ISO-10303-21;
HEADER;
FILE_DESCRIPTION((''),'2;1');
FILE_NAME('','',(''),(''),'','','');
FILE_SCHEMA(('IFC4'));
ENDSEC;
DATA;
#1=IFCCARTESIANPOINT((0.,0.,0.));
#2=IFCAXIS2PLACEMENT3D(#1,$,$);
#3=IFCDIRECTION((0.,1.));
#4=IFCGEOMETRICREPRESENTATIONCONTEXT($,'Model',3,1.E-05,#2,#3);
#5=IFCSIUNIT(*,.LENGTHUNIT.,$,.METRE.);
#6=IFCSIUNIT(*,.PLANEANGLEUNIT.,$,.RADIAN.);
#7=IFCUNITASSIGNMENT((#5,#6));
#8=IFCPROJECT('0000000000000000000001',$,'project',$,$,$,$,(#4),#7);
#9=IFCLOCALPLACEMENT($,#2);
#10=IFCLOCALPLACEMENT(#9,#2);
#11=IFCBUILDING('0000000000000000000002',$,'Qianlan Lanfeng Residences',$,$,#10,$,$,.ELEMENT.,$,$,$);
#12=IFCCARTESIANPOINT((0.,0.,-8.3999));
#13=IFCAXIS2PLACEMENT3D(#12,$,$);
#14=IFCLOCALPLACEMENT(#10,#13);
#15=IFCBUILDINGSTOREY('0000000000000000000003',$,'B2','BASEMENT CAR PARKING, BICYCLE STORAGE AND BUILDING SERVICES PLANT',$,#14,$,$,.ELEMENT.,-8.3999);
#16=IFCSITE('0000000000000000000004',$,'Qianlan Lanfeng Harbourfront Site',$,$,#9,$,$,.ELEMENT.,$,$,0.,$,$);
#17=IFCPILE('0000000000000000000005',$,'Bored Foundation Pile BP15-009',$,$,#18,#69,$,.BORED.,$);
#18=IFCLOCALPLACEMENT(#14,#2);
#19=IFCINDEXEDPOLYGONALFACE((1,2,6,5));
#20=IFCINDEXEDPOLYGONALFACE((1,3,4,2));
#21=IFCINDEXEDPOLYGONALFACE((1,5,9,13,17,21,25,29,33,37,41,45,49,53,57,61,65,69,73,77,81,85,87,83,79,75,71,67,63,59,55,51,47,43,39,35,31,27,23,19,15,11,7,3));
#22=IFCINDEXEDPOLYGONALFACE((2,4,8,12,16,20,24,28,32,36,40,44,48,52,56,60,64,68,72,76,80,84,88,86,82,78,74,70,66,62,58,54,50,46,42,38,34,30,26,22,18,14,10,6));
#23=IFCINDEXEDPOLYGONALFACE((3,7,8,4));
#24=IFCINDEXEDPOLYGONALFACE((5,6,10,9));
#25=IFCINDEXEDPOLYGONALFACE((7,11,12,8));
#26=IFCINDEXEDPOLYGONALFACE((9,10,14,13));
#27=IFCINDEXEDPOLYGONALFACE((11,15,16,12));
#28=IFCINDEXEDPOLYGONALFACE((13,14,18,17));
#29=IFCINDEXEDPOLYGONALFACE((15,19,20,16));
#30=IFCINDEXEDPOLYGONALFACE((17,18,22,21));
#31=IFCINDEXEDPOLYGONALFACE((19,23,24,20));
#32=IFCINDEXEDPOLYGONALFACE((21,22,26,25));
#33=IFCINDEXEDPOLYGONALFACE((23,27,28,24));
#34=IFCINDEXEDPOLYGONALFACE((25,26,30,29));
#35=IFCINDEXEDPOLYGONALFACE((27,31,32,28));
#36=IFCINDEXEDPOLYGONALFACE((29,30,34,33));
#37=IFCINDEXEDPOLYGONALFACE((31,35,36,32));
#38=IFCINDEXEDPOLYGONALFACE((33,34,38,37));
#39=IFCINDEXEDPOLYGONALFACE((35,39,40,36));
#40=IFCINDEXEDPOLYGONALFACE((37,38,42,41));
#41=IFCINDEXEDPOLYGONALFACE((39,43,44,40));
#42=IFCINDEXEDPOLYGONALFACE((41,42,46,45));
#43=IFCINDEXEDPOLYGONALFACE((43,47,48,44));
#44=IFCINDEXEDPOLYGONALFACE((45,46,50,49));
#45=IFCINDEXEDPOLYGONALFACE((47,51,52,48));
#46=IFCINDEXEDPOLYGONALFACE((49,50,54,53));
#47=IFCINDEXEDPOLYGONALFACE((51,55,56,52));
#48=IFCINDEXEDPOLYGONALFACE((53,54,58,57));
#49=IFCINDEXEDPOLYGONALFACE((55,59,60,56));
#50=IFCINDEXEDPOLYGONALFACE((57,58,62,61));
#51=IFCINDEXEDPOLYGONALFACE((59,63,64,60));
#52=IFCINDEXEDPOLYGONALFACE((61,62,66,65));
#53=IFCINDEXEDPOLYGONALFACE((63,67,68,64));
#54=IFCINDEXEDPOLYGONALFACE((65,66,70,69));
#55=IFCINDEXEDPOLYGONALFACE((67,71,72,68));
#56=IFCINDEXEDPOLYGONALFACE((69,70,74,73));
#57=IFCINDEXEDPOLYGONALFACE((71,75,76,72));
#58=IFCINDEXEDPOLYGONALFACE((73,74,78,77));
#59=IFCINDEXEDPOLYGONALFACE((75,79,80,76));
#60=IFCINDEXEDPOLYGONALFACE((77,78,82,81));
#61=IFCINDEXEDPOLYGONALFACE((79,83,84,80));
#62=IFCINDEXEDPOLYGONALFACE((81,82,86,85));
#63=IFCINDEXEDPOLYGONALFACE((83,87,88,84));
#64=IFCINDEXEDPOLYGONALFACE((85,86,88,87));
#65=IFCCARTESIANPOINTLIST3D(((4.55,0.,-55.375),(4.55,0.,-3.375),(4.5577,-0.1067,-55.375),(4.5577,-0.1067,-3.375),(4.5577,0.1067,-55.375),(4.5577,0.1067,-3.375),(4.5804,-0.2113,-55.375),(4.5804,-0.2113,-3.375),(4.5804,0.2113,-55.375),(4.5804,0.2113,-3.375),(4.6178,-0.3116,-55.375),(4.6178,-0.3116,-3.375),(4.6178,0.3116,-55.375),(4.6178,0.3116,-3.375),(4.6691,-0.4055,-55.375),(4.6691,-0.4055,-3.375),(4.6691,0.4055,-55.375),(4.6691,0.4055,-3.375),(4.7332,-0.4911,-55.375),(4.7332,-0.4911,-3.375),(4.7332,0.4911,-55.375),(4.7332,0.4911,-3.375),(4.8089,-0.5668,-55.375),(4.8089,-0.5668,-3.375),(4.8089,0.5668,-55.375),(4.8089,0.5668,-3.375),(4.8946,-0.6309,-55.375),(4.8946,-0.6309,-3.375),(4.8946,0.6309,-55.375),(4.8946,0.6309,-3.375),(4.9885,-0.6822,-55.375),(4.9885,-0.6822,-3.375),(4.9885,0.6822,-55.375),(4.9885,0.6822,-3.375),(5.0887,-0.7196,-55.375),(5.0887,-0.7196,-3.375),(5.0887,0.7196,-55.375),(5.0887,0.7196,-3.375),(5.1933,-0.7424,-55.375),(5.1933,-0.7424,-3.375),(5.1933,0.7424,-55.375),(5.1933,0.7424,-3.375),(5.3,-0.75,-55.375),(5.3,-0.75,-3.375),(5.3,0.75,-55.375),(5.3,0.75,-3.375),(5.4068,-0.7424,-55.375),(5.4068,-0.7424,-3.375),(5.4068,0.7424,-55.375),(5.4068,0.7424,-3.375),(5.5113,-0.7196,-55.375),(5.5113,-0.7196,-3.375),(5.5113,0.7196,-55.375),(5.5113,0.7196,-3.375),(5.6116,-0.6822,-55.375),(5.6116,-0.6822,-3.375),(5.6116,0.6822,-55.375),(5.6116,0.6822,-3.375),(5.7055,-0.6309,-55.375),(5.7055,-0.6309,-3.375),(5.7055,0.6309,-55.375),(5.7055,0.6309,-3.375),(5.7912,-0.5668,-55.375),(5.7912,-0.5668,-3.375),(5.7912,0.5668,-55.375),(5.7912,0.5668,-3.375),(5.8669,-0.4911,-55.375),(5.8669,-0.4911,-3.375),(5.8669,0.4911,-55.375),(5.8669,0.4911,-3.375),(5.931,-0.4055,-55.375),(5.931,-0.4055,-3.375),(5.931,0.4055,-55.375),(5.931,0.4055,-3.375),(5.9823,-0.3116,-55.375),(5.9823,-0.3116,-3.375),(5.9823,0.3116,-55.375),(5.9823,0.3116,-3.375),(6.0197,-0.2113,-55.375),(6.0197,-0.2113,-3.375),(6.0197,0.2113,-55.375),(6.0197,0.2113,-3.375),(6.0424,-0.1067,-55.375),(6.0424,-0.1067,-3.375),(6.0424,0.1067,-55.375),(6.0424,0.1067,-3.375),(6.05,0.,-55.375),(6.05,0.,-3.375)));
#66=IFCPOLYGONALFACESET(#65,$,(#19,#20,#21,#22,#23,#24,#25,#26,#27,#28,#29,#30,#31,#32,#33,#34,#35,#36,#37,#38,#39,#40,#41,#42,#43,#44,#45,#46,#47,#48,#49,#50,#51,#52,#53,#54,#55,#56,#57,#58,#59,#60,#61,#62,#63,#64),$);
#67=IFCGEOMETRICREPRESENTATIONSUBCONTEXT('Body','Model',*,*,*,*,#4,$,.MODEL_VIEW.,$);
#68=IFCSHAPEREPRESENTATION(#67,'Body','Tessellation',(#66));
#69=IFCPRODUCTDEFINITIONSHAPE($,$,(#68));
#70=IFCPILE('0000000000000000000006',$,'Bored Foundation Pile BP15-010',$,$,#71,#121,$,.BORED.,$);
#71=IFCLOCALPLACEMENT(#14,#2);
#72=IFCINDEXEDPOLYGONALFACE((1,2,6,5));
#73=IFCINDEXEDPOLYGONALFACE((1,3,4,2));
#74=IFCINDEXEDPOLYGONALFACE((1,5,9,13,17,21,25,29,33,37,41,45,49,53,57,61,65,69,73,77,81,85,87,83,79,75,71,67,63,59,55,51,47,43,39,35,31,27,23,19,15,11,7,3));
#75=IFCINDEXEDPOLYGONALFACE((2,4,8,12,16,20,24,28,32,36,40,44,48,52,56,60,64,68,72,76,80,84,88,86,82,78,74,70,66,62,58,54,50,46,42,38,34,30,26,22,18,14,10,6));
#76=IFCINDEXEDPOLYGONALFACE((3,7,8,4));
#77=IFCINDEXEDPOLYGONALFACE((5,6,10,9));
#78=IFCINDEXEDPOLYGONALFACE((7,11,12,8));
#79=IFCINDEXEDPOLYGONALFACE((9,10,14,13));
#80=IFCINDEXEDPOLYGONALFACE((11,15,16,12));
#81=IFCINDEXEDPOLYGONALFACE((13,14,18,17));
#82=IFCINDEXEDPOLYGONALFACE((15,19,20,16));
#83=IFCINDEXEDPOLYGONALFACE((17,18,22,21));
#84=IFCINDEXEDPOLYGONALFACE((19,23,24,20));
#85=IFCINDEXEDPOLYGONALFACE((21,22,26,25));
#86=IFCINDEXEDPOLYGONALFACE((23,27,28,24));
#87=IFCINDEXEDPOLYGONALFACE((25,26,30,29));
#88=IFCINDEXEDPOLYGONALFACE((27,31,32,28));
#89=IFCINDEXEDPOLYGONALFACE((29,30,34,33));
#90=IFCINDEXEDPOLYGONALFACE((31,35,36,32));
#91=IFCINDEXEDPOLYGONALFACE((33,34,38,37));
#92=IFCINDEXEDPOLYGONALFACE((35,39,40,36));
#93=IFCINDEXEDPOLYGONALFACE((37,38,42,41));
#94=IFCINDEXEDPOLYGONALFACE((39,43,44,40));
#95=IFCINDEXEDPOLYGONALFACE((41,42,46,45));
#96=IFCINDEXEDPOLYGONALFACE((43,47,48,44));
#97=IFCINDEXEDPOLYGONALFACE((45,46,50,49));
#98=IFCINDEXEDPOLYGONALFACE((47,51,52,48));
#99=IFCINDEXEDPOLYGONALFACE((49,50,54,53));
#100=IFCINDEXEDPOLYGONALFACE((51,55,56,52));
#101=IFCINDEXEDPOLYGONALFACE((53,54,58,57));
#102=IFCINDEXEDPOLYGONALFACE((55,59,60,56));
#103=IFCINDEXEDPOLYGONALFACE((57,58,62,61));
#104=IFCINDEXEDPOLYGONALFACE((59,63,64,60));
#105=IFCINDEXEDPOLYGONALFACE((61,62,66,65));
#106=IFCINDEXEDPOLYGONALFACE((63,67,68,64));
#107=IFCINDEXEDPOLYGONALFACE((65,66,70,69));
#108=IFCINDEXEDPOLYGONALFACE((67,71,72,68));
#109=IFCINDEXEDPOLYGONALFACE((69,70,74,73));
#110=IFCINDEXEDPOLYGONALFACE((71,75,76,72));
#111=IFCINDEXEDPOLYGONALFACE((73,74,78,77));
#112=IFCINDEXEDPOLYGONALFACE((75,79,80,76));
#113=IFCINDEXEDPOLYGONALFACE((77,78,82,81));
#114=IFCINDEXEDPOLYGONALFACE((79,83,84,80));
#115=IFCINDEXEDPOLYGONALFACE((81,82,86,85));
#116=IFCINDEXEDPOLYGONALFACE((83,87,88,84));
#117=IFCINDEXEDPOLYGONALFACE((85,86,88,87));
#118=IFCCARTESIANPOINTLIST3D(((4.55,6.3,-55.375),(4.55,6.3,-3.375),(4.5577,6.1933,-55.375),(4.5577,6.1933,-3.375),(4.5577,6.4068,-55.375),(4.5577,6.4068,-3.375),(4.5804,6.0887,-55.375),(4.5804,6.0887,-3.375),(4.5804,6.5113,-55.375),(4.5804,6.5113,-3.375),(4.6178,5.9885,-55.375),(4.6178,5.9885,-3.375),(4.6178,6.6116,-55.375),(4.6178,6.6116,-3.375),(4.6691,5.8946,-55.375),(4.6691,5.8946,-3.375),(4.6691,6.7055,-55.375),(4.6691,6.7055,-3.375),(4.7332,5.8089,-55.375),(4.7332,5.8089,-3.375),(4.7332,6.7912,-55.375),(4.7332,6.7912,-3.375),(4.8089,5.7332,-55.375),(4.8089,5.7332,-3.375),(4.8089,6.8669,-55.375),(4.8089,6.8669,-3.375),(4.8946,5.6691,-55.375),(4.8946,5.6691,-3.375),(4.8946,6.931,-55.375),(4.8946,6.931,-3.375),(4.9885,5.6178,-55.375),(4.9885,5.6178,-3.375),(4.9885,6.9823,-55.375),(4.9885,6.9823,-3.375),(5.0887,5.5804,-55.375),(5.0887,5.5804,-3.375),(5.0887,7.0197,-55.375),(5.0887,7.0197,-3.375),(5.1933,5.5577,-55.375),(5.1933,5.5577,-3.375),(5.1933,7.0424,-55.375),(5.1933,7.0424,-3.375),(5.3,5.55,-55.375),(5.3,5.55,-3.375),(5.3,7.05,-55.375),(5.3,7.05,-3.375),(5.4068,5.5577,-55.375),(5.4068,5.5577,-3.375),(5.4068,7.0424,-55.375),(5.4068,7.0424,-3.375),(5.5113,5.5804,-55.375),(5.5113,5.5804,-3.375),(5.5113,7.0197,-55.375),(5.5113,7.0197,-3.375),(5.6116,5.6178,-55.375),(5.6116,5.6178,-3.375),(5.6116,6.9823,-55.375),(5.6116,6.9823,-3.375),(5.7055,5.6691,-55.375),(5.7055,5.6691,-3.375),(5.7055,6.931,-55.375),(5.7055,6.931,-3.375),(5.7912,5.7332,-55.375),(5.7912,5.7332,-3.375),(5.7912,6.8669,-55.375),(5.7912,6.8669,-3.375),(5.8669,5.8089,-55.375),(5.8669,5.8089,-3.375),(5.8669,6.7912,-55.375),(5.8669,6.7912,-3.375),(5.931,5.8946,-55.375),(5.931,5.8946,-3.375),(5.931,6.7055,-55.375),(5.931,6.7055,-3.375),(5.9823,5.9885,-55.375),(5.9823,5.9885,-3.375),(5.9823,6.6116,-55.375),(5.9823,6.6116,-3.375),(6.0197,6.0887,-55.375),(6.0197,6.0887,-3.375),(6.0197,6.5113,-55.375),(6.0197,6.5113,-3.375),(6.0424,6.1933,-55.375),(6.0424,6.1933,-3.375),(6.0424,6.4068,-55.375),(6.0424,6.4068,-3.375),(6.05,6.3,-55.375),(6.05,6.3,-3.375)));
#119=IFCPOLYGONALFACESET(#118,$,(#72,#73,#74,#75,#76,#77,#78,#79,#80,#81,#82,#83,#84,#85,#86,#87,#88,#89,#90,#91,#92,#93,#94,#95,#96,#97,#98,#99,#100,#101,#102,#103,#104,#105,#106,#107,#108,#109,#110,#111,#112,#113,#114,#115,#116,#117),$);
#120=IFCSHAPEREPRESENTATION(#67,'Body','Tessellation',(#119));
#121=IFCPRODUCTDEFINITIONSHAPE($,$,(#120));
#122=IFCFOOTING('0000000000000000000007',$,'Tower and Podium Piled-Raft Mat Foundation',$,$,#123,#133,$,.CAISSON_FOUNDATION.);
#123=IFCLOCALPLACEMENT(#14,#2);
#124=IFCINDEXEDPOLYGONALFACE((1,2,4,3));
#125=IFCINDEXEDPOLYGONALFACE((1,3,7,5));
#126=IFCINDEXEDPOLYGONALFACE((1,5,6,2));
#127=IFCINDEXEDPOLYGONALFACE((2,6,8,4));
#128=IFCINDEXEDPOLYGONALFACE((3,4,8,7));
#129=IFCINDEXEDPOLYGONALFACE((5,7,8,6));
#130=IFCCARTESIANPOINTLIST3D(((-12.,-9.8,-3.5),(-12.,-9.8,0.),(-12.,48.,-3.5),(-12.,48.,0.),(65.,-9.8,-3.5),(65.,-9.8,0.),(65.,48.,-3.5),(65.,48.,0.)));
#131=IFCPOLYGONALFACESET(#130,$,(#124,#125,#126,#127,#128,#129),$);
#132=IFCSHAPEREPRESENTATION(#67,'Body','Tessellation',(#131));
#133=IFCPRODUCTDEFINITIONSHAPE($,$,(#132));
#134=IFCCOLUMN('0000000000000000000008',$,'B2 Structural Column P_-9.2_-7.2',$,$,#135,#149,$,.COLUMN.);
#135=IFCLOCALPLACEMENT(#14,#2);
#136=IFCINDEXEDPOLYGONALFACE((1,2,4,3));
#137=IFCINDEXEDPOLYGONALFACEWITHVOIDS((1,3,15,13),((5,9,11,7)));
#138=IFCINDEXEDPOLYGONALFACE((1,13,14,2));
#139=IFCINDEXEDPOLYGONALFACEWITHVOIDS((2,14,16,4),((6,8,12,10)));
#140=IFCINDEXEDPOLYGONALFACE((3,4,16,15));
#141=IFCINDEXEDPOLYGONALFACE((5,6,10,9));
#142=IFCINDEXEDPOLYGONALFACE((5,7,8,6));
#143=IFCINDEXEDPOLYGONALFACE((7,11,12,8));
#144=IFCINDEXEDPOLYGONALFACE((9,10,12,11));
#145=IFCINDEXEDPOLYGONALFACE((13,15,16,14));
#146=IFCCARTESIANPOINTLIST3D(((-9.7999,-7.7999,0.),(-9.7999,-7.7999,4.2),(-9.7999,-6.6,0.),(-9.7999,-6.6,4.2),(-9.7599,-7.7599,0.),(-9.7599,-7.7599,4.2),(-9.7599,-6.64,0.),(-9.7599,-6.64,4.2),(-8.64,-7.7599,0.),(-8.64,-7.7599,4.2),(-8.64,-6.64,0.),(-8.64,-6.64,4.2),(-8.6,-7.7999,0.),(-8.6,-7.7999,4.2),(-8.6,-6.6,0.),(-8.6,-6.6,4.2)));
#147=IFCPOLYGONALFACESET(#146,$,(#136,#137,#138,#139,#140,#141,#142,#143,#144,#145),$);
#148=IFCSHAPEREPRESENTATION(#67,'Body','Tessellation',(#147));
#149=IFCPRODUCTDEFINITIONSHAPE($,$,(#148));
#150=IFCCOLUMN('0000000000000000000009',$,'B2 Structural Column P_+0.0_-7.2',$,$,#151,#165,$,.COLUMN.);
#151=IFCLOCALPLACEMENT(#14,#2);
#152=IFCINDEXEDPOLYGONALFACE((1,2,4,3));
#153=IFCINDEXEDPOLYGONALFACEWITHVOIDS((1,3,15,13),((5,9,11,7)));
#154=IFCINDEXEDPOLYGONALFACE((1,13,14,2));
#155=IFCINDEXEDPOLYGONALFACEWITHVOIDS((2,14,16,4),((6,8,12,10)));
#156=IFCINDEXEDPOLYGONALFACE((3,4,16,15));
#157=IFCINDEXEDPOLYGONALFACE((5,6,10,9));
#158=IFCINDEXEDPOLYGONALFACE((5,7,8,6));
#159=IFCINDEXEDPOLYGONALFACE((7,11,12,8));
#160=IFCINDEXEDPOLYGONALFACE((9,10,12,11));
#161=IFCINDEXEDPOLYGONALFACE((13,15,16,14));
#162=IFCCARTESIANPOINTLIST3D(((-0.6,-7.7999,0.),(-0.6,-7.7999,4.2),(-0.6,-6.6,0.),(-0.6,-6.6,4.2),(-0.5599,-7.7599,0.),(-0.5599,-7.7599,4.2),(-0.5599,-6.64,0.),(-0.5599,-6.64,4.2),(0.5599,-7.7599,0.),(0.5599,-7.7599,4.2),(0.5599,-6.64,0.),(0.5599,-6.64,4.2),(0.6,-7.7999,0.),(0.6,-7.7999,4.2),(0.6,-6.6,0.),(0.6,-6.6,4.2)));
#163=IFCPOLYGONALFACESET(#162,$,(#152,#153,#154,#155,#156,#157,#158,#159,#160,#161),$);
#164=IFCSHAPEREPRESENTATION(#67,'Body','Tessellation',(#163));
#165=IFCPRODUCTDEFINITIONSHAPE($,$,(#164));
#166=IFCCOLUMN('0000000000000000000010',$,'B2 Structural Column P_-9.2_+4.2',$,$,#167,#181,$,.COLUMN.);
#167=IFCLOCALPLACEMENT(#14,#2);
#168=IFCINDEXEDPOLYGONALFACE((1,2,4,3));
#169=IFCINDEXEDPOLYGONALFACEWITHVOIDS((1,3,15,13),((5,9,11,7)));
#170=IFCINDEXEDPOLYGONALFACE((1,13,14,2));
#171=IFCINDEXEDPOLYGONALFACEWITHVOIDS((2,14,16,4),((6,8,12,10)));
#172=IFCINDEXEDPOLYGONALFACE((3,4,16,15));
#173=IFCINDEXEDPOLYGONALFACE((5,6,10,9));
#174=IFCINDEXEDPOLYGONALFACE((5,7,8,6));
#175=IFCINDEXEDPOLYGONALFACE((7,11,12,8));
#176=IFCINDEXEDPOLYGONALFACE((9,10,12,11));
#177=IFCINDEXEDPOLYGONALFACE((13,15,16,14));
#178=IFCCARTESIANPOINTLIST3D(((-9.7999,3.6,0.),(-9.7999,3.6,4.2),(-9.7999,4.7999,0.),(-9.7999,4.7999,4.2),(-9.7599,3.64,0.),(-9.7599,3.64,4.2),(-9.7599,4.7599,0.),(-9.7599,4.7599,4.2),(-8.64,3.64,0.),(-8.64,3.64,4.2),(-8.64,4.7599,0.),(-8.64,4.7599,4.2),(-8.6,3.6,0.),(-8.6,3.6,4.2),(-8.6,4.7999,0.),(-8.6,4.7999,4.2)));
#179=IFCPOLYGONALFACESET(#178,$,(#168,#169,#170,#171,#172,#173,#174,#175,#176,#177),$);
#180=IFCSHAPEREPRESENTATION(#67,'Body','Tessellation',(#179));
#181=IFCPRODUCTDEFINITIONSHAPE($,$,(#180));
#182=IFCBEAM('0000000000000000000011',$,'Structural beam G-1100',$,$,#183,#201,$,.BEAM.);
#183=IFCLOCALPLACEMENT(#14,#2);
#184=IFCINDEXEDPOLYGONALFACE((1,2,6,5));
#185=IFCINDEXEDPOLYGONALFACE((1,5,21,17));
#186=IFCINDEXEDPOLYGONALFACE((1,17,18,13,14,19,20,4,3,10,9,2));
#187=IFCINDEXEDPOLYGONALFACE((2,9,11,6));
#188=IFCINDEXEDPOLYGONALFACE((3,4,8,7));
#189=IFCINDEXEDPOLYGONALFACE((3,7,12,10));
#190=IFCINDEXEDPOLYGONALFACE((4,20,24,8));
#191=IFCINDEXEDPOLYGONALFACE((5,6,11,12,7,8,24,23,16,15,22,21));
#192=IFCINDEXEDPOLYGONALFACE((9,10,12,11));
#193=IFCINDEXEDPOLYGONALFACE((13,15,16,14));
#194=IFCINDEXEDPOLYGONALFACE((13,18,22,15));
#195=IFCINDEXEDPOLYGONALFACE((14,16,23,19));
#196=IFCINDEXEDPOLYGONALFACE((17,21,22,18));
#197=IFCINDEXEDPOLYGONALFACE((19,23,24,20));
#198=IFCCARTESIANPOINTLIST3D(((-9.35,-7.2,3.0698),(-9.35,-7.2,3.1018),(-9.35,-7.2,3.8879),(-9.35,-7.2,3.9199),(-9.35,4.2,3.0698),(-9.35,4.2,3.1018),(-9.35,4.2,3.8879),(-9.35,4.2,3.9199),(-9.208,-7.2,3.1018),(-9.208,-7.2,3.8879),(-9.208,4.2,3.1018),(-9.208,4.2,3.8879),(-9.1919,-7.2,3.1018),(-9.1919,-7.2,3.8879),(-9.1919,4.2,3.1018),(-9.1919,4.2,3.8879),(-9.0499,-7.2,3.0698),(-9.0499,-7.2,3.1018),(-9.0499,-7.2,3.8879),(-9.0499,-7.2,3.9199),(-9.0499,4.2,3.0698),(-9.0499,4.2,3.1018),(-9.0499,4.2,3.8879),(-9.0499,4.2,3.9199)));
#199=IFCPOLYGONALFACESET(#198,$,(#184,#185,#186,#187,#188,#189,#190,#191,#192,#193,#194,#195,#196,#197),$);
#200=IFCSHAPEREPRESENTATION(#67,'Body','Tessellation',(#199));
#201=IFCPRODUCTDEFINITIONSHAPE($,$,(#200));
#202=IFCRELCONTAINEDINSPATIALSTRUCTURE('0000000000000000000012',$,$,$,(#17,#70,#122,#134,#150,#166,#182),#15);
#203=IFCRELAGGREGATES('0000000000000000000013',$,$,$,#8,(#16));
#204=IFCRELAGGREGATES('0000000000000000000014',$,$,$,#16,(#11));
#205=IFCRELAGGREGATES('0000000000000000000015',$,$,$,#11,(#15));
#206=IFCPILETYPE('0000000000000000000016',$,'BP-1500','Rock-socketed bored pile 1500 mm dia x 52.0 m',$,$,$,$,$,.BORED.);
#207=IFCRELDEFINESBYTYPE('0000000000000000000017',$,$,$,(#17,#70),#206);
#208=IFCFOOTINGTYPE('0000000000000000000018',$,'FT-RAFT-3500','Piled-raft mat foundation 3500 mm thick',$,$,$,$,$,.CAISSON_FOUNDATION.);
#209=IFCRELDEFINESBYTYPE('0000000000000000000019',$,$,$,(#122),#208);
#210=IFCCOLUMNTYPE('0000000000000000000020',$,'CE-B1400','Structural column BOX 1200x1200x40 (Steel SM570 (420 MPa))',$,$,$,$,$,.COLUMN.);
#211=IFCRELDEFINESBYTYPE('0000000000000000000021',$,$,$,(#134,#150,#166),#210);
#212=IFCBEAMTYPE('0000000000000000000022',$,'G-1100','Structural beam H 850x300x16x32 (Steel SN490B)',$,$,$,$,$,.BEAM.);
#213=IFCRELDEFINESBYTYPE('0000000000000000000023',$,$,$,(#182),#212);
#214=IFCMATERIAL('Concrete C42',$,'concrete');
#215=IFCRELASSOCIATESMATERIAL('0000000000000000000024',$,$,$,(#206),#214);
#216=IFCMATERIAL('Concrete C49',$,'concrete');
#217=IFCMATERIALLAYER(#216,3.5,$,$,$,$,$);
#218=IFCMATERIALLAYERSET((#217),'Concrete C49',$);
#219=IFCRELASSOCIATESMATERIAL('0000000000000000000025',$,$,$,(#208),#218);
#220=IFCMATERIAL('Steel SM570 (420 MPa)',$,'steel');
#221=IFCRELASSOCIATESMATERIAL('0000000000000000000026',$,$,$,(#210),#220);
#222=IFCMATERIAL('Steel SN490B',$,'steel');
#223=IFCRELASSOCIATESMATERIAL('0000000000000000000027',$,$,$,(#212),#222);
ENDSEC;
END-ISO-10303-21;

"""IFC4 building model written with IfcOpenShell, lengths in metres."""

from ifc_helpers import new_model, si_unit, direction, frame, origin, origin_2d, place, context, subcontext, project, spatial, polyline, hollow_rectangle, circle, i_section, outline, extrude, material, layer, layer_set, material_profile, profile_set, type_object, element, save


model = new_model("IFC4")

# Units and contexts
model_context = context("Model", 3, precision=1e-05, world=origin(), true_north=direction((0.0, 1.0)))
body_context = subcontext(model_context, "Body", "Model", "MODEL_VIEW")
ifc_project = project(units=[si_unit("LENGTHUNIT", "METRE"), si_unit("PLANEANGLEUNIT", "RADIAN")], contexts=[model_context])

# Site, building, storey
site_placement = place(None, origin())
site = spatial("IfcSite", under=ifc_project, at=site_placement, Name="Qianlan Lanfeng Harbourfront Site", CompositionType="ELEMENT", RefElevation=0.0)
building_placement = place(site_placement, origin())
building = spatial("IfcBuilding", under=site, at=building_placement, Name="Qianlan Lanfeng Residences", CompositionType="ELEMENT")
storey_placement = place(building_placement, frame((0.0, 0.0, -8.3999)))
storey = spatial("IfcBuildingStorey", under=building, at=storey_placement, Name="B2", Description="BASEMENT CAR PARKING, BICYCLE STORAGE AND BUILDING SERVICES PLANT", CompositionType="ELEMENT", Elevation=-8.3999)

# Piles
ifc_material_1 = material(Name="Concrete C42", Category="concrete")
ifc_material_profile_1 = material_profile(ifc_material_1, circle(Radius=0.75, at=origin_2d()), Name="PILE D1500")
ifc_profile_set_1 = profile_set([ifc_material_profile_1], Name="Concrete C42")
pile_type_1 = type_object("IfcPileType", Name="BP-1500", Description="Rock-socketed bored pile 1500 mm dia x 52.0 m", PredefinedType="BORED", material=ifc_profile_set_1)
for number, where, z_axis, x_axis, name in (
    (1, (5.3, 0.0, -3.375), (0.0, 0.0, -1.0), (1.0, 0.0, 0.0), "Bored Foundation Pile BP15-009"),
    (2, (5.3, 6.3, -3.375), (0.0, 0.0, -1.0), (1.0, 0.0, 0.0), "Bored Foundation Pile BP15-010"),
):
    element("IfcPile", number, at=place(storey_placement, frame(where, z_axis=z_axis, x_axis=x_axis)), inside=storey, type_object=pile_type_1, Name=name, PredefinedType="BORED", context=body_context, shape_type="SweptSolid", body=[
        extrude(circle(Radius=0.75, at=origin_2d()), origin(), (0.0, 0.0, 1.0), 52.0),
    ])

# Footing
ifc_material_2 = material(Name="Concrete C49", Category="concrete")
ifc_layer_1 = layer(ifc_material_2, 3.5)
ifc_layer_set_1 = layer_set([ifc_layer_1], Name="Concrete C49")
footing_type = type_object("IfcFootingType", Name="FT-RAFT-3500", Description="Piled-raft mat foundation 3500 mm thick", PredefinedType="CAISSON_FOUNDATION", material=ifc_layer_set_1)
footing_placement = place(storey_placement, frame((0.0, 0.0, -3.5)))
element("IfcFooting", 3, at=footing_placement, inside=storey, type_object=footing_type, Name="Tower and Podium Piled-Raft Mat Foundation", PredefinedType="CAISSON_FOUNDATION", context=body_context, shape_type="SweptSolid", body=[
    extrude(outline(polyline([(-12.0, -9.8), (65.0, -9.8), (65.0, 48.0), (-12.0, 48.0), (-12.0, -9.8)])), origin(), (0.0, 0.0, 1.0), 3.5),
])

# Columns
ifc_material_3 = material(Name="Steel SM570 (420 MPa)", Category="steel")
ifc_material_profile_2 = material_profile(ifc_material_3, hollow_rectangle(XDim=1.2, YDim=1.2, WallThickness=0.04, at=origin_2d()), Name="BOX 1200x1200x40")
ifc_profile_set_2 = profile_set([ifc_material_profile_2], Name="Steel SM570 (420 MPa)")
column_type = type_object("IfcColumnType", Name="CE-B1400", Description="Structural column BOX 1200x1200x40 (Steel SM570 (420 MPa))", PredefinedType="COLUMN", material=ifc_profile_set_2)
for number, where, z_axis, x_axis, name in (
    (4, (-9.2, -7.2, 0.0), (0.0, 0.0, 1.0), (1.0, 0.0, 0.0), "B2 Structural Column P_-9.2_-7.2"),
    (5, (0.0, -7.2, 0.0), (0.0, 0.0, 1.0), (1.0, 0.0, 0.0), "B2 Structural Column P_+0.0_-7.2"),
    (6, (-9.2, 4.2, 0.0), (0.0, 0.0, 1.0), (1.0, 0.0, 0.0), "B2 Structural Column P_-9.2_+4.2"),
):
    element("IfcColumn", number, at=place(storey_placement, frame(where, z_axis=z_axis, x_axis=x_axis)), inside=storey, type_object=column_type, Name=name, PredefinedType="COLUMN", context=body_context, shape_type="SweptSolid", body=[
        extrude(hollow_rectangle(XDim=1.2, YDim=1.2, WallThickness=0.04, at=origin_2d()), origin(), (0.0, 0.0, 1.0), 4.2),
    ])

# Beam
ifc_material_4 = material(Name="Steel SN490B", Category="steel")
ifc_material_profile_3 = material_profile(ifc_material_4, i_section(OverallWidth=0.3, OverallDepth=0.8501, WebThickness=0.0161, FlangeThickness=0.032, at=origin_2d()), Name="H 850x300x16x32")
ifc_profile_set_3 = profile_set([ifc_material_profile_3], Name="Steel SN490B")
beam_type_1 = type_object("IfcBeamType", Name="G-1100", Description="Structural beam H 850x300x16x32 (Steel SN490B)", PredefinedType="BEAM", material=ifc_profile_set_3)
beam_1_placement = place(storey_placement, frame((-9.2, -7.2, 3.4949), z_axis=(0.0, 1.0, 0.0), x_axis=(-1.0, 0.0, 0.0)))
element("IfcBeam", 7, at=beam_1_placement, inside=storey, type_object=beam_type_1, Name="Structural beam G-1100", PredefinedType="BEAM", context=body_context, shape_type="SweptSolid", body=[
    extrude(i_section(OverallWidth=0.3, OverallDepth=0.8501, WebThickness=0.0161, FlangeThickness=0.032, at=origin_2d()), origin(), (0.0, 0.0, 1.0), 11.3999),
])

save(model, "model.ifc")
